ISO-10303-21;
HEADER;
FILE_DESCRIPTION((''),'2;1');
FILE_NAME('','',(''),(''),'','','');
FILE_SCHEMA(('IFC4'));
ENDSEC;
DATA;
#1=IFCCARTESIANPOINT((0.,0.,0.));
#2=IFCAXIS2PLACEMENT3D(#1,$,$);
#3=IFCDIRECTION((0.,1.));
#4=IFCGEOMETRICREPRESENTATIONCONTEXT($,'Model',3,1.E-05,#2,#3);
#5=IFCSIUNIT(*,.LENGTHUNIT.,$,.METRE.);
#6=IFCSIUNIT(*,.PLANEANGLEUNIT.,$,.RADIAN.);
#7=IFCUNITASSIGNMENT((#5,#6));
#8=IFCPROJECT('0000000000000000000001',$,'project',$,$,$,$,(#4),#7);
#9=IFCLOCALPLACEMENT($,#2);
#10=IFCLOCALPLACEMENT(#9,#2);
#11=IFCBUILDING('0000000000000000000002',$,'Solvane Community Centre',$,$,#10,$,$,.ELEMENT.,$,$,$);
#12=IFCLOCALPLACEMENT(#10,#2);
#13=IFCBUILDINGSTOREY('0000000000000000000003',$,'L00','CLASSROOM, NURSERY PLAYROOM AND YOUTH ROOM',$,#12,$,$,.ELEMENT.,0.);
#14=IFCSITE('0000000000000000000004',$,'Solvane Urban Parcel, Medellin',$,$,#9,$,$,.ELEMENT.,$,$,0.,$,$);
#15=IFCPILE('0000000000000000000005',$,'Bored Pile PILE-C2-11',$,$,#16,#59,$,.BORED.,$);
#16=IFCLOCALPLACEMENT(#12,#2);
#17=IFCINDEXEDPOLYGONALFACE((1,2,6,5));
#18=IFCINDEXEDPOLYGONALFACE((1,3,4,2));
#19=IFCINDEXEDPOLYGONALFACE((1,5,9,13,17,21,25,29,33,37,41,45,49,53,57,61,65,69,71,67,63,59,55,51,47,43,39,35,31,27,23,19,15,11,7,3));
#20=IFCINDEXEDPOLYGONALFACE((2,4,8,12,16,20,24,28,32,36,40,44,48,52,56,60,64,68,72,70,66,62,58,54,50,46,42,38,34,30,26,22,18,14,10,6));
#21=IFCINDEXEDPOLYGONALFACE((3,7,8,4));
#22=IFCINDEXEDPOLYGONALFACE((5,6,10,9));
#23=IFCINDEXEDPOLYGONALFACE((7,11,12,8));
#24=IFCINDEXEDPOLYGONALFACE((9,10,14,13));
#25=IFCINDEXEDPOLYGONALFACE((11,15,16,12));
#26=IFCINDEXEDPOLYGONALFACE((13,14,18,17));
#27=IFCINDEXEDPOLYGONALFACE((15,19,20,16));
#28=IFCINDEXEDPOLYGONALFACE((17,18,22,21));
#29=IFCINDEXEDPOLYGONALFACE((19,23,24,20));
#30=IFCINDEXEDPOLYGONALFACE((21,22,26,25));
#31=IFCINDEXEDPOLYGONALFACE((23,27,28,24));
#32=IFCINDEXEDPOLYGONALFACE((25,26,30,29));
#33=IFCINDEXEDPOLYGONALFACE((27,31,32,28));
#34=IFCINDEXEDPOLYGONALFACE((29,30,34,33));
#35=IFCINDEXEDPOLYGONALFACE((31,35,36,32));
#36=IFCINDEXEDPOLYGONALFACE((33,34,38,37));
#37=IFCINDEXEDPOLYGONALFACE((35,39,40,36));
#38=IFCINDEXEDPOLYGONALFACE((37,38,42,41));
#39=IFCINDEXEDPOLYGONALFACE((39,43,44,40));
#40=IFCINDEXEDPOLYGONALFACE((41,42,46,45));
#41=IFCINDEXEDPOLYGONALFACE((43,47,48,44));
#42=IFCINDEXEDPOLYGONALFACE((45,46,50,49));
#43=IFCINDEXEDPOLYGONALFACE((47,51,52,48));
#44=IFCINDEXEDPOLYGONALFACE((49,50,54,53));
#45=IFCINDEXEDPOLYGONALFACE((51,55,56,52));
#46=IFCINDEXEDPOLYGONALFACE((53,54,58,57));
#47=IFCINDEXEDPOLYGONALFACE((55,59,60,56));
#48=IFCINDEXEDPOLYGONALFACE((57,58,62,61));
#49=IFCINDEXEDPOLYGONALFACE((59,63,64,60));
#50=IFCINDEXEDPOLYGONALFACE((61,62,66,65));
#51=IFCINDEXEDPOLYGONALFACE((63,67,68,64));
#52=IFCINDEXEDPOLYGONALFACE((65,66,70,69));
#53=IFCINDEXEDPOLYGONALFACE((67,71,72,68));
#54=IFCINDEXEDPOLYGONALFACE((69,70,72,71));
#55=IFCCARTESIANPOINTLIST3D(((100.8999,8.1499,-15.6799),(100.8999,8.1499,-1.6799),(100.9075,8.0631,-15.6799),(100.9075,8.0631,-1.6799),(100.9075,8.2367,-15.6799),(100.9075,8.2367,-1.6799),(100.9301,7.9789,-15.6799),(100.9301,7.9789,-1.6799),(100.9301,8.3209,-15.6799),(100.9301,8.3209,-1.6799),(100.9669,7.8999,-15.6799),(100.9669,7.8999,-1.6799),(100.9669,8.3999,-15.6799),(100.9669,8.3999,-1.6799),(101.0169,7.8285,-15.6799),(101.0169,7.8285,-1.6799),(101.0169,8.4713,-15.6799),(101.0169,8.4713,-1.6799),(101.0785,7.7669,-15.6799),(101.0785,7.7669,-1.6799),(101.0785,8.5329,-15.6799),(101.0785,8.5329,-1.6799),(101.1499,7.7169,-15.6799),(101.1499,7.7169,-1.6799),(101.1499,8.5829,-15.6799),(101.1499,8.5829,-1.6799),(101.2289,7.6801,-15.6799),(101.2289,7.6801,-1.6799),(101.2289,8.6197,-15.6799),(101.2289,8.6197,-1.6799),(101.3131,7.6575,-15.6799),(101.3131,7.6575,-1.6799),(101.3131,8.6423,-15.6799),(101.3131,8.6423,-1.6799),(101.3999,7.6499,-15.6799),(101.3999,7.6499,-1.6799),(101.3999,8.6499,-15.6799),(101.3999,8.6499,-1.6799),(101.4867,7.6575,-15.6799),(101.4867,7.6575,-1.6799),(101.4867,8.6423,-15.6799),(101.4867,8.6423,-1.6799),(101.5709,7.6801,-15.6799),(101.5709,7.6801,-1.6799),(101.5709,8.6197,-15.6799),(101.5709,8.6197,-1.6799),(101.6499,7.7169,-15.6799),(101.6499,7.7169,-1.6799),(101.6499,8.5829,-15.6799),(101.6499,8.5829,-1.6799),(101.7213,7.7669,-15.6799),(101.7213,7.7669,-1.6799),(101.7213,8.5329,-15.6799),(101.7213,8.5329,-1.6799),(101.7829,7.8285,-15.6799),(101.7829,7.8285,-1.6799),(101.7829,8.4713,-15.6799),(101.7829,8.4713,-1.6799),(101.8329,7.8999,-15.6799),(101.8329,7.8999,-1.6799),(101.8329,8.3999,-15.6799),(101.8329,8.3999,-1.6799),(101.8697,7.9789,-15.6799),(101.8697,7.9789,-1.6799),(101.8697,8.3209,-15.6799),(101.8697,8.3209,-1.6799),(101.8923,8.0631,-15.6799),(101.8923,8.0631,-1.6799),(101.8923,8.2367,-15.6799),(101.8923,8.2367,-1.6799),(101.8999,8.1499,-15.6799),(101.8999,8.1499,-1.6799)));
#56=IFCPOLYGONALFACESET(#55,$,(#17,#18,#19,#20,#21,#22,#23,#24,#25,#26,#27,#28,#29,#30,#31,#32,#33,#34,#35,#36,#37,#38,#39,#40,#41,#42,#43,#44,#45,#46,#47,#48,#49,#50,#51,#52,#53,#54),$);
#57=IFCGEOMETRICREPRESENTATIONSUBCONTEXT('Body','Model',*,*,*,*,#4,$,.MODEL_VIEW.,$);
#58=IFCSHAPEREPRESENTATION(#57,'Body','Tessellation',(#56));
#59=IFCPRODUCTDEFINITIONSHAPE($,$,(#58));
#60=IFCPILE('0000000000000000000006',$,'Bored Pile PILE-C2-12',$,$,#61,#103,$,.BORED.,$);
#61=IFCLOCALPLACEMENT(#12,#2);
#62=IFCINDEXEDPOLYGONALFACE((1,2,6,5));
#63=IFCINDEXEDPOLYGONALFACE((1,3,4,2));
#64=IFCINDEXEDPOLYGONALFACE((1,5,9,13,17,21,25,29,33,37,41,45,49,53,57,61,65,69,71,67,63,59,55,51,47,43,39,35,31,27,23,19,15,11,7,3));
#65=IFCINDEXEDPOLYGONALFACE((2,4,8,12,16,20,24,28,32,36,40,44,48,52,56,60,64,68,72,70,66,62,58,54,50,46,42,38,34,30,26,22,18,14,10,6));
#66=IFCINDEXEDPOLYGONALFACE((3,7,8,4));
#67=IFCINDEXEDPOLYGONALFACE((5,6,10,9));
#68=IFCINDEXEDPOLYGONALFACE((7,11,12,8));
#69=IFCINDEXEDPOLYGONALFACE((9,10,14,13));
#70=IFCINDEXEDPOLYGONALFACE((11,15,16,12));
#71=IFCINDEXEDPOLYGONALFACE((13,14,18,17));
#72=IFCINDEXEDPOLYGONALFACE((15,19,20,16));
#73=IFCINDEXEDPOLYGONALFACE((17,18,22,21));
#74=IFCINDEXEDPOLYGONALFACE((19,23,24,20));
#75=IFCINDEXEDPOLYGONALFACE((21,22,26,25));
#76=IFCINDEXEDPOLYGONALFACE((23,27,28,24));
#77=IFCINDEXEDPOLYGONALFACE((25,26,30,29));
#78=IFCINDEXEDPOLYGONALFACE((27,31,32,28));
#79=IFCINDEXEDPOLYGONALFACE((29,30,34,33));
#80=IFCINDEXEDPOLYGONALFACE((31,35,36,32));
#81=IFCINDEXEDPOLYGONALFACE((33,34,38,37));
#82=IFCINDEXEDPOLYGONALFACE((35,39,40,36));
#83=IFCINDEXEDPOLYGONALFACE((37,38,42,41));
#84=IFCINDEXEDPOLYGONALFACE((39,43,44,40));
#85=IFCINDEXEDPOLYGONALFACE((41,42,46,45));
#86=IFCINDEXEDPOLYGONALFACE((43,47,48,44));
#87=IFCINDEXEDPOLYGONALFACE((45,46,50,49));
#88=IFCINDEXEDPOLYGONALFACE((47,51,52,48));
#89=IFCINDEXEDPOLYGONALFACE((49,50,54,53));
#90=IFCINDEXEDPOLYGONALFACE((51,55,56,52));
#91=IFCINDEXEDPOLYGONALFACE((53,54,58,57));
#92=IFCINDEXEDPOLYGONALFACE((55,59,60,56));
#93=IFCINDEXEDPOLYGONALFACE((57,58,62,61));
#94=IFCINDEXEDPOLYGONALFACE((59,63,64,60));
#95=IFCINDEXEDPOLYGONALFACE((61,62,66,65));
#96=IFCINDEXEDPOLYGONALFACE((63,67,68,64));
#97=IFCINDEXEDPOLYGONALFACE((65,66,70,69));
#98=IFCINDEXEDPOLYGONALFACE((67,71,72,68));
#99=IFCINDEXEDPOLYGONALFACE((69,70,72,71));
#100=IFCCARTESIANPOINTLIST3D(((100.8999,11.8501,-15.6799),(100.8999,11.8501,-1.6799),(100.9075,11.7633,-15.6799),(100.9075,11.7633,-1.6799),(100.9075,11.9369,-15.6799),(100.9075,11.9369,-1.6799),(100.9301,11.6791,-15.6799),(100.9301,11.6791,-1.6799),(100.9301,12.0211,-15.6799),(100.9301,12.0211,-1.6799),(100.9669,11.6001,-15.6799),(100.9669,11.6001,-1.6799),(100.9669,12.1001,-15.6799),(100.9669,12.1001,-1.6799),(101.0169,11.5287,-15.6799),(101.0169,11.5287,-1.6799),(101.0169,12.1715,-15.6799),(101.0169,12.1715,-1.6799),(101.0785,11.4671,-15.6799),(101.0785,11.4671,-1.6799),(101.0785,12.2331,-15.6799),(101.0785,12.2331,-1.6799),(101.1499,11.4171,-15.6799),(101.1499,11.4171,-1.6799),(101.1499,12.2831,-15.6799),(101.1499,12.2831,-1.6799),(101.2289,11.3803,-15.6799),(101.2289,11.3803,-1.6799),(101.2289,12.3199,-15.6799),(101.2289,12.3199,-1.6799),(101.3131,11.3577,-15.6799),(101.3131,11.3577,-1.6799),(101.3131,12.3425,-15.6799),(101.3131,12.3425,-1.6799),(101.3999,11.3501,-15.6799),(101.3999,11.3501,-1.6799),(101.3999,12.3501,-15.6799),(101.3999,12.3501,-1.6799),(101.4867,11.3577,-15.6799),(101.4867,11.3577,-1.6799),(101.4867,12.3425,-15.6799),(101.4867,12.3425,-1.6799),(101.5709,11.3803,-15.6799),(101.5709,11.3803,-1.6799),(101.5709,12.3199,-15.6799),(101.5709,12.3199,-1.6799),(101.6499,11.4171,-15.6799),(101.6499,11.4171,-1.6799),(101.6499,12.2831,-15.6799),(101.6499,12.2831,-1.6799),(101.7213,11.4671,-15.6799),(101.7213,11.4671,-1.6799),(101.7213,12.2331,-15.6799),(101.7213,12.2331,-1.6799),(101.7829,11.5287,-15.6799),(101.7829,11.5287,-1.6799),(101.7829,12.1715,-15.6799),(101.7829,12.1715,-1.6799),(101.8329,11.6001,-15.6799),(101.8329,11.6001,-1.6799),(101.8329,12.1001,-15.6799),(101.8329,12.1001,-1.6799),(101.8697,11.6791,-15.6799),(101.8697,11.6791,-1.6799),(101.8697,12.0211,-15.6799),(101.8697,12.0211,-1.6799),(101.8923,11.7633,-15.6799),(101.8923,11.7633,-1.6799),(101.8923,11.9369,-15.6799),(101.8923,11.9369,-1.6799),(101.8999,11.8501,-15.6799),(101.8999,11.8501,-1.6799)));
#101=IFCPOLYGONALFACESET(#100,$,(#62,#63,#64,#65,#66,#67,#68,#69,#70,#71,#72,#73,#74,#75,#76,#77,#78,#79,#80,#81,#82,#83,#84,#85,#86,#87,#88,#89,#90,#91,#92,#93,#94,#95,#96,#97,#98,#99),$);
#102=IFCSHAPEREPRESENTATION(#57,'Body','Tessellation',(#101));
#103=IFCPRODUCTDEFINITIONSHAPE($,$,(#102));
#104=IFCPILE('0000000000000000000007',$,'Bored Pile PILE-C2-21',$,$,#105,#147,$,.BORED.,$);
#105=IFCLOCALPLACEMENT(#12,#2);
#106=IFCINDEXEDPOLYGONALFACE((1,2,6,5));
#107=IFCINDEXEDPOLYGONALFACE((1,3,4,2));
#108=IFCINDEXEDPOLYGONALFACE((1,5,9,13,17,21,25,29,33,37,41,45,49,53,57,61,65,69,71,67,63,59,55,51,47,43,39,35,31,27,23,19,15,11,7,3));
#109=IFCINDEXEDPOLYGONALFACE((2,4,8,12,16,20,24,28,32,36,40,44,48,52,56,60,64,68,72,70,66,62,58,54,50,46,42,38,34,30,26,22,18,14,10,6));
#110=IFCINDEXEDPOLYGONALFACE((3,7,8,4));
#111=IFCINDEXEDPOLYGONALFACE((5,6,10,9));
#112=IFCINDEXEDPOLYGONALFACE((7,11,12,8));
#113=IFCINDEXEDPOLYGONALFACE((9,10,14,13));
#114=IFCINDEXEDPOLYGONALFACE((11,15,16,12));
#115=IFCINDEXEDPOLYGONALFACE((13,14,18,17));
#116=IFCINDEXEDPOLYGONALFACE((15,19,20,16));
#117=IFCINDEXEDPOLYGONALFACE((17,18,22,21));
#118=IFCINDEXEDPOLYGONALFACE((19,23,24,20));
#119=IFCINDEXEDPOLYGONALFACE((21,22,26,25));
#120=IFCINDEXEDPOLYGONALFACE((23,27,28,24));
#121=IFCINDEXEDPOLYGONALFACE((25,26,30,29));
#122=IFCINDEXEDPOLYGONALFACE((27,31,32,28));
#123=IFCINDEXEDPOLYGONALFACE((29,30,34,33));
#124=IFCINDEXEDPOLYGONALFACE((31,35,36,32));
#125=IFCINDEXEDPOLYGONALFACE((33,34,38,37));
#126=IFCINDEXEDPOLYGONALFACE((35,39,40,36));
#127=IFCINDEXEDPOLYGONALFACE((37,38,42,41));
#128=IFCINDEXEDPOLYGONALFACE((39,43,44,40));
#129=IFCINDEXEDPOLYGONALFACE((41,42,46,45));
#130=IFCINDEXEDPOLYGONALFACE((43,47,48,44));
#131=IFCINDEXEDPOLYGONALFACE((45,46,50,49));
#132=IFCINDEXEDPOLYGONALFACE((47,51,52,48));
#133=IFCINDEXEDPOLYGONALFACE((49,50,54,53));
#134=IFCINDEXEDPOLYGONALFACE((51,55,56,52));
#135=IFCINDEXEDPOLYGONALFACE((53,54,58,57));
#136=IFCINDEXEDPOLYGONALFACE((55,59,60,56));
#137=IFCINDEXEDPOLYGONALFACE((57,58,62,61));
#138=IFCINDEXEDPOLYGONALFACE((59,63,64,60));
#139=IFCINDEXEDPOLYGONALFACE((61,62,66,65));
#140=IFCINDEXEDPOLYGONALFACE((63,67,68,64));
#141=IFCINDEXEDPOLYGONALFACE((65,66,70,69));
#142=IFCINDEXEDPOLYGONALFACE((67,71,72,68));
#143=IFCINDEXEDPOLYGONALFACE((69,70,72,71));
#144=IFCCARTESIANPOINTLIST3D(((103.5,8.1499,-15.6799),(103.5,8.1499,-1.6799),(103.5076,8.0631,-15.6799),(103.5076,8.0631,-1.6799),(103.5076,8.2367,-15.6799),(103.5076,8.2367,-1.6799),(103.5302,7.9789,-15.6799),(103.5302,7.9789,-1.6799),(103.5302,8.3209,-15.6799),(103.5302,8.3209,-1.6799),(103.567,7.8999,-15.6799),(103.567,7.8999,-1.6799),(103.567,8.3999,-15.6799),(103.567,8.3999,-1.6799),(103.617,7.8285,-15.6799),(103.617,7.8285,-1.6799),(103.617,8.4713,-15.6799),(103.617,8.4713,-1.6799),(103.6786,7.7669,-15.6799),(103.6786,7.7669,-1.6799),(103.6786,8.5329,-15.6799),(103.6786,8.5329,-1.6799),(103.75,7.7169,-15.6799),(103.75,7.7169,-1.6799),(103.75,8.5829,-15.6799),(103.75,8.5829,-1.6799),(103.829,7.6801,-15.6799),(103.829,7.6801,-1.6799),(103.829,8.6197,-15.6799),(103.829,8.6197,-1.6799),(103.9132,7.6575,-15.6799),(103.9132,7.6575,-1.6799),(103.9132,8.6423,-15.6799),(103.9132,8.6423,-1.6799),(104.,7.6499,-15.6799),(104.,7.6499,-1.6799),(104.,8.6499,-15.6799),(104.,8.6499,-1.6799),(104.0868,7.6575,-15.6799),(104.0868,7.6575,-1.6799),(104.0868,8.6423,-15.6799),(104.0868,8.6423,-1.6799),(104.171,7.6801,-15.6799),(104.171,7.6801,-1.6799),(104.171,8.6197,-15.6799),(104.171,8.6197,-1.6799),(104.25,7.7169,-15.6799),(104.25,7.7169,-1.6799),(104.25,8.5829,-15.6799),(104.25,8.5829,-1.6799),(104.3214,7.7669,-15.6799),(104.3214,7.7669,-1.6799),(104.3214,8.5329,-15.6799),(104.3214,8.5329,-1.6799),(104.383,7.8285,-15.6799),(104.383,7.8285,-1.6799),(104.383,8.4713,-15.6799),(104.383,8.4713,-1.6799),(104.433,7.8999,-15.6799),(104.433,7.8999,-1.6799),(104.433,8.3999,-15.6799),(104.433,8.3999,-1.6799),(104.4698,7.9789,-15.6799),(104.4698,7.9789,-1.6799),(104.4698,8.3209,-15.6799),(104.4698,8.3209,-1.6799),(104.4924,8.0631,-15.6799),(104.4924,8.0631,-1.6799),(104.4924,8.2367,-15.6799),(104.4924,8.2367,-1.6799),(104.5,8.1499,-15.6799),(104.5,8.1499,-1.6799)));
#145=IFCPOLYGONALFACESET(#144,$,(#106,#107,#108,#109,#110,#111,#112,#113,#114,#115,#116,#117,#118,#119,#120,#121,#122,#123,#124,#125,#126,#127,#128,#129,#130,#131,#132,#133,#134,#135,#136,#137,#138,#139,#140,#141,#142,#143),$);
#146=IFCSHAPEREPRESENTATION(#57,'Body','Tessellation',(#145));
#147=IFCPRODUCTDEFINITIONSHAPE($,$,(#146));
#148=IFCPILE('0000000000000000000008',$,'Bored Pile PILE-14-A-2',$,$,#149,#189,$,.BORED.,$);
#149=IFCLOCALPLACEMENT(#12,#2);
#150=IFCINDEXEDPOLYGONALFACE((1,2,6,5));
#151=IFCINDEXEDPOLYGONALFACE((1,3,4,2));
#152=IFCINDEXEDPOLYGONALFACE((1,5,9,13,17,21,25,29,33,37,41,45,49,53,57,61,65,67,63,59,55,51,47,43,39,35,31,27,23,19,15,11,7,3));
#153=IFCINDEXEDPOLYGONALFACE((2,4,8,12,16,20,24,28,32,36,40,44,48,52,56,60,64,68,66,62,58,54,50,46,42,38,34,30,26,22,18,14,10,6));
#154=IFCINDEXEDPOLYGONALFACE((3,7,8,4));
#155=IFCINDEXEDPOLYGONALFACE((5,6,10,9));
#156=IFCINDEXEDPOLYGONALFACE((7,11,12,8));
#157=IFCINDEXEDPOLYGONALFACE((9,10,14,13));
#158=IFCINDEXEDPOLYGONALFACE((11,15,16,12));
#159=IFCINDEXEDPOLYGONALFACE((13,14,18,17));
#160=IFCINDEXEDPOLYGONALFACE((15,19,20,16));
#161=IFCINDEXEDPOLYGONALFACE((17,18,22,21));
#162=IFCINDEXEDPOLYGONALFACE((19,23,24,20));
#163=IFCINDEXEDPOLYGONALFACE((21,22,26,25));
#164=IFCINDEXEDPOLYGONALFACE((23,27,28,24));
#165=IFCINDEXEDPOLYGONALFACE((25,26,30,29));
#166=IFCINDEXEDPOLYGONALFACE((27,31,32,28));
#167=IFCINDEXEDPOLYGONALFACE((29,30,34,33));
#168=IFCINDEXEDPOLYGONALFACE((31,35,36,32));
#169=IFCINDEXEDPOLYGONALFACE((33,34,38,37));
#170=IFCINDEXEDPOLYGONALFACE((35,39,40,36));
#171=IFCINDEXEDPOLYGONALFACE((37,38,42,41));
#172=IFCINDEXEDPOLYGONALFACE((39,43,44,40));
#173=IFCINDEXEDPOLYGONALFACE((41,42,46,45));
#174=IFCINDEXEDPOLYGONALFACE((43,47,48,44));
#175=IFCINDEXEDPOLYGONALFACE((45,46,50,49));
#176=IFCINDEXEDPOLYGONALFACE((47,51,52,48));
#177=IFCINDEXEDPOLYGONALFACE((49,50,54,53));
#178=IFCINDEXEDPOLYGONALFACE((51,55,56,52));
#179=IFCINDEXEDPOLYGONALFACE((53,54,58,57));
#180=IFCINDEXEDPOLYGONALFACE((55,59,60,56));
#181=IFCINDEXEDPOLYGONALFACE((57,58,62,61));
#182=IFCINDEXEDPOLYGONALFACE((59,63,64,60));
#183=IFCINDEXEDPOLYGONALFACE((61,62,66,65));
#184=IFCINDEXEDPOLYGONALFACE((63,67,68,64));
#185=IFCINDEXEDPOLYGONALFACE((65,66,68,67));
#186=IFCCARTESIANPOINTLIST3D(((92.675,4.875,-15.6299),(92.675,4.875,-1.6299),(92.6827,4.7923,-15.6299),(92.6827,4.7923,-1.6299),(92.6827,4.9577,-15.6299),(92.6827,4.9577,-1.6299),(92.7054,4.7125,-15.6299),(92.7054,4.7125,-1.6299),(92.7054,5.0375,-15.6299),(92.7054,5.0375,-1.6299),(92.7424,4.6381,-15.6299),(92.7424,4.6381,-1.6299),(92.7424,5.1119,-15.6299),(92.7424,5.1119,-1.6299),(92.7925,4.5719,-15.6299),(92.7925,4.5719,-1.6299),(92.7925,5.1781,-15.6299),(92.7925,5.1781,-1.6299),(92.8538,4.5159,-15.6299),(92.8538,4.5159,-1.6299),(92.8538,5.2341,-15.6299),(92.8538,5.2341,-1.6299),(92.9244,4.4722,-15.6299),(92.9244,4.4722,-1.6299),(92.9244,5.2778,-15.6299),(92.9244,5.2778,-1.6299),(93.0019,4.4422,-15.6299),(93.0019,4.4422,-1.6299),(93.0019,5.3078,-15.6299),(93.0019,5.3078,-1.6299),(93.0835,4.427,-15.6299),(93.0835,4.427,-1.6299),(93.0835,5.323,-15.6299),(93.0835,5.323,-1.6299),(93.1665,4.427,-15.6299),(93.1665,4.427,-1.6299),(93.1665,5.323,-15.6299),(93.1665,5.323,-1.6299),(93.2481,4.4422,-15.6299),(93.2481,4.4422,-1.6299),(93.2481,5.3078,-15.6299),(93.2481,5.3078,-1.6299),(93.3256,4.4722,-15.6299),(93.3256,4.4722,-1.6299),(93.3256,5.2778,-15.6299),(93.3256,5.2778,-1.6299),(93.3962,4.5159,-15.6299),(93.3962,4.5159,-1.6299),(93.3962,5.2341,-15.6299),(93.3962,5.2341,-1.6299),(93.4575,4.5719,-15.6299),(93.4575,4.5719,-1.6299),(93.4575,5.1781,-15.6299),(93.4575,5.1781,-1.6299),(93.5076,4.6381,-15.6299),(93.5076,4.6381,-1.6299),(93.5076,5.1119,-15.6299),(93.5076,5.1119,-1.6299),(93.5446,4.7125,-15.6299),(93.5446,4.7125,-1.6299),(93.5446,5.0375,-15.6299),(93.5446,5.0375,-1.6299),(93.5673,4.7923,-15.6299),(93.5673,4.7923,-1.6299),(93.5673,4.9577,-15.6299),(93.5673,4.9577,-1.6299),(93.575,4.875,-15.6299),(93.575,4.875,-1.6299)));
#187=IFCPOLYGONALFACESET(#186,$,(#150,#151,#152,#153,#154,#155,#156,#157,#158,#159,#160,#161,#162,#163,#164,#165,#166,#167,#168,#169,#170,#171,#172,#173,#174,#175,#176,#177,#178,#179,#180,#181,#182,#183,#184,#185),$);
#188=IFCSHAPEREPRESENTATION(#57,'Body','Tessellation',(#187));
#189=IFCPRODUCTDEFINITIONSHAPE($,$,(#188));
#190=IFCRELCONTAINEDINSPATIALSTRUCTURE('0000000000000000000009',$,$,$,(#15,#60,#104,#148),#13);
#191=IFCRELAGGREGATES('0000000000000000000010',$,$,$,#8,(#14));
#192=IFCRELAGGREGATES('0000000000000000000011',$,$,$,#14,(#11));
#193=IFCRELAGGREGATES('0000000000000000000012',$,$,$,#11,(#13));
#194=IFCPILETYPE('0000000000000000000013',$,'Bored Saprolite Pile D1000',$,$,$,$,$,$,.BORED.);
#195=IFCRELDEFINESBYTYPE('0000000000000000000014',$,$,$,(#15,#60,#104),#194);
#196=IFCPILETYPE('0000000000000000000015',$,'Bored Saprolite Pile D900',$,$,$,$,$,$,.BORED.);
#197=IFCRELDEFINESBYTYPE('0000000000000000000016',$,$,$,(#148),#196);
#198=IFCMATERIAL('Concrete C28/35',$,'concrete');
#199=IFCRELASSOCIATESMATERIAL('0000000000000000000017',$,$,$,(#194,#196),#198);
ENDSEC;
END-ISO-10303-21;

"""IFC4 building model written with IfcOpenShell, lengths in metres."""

from ifc_helpers import new_model, si_unit, direction, frame, origin, origin_2d, place, context, subcontext, project, spatial, circle, extrude, material, material_profile, profile_set, type_object, element, save


model = new_model("IFC4")

# Units and contexts
model_context = context("Model", 3, precision=1e-05, world=origin(), true_north=direction((0.0, 1.0)))
body_context = subcontext(model_context, "Body", "Model", "MODEL_VIEW")
ifc_project = project(units=[si_unit("LENGTHUNIT", "METRE"), si_unit("PLANEANGLEUNIT", "RADIAN")], contexts=[model_context])

# Site, building, storey
site_placement = place(None, origin())
site = spatial("IfcSite", under=ifc_project, at=site_placement, Name="Solvane Urban Parcel, Medellin", CompositionType="ELEMENT", RefElevation=0.0)
building_placement = place(site_placement, origin())
building = spatial("IfcBuilding", under=site, at=building_placement, Name="Solvane Community Centre", CompositionType="ELEMENT")
storey_placement = place(building_placement, origin())
storey = spatial("IfcBuildingStorey", under=building, at=storey_placement, Name="L00", Description="CLASSROOM, NURSERY PLAYROOM AND YOUTH ROOM", CompositionType="ELEMENT", Elevation=0.0)

# Piles
ifc_material_1 = material(Name="Concrete C28/35", Category="concrete")
ifc_material_profile_1 = material_profile(ifc_material_1, circle(Radius=0.5, at=origin_2d()), Name="PILE D1000")
ifc_profile_set_1 = profile_set([ifc_material_profile_1], Name="Concrete C28/35")
pile_type_1 = type_object("IfcPileType", Name="Bored Saprolite Pile D1000", PredefinedType="BORED", material=ifc_profile_set_1)
for number, where, z_axis, x_axis, name in (
    (1, (101.3999, 8.1499, -1.6799), (0.0, 0.0, -1.0), (1.0, 0.0, 0.0), "Bored Pile PILE-C2-11"),
    (2, (101.3999, 11.8501, -1.6799), (0.0, 0.0, -1.0), (1.0, 0.0, 0.0), "Bored Pile PILE-C2-12"),
    (3, (104.0, 8.1499, -1.6799), (0.0, 0.0, -1.0), (1.0, 0.0, 0.0), "Bored Pile PILE-C2-21"),
):
    element("IfcPile", number, at=place(storey_placement, frame(where, z_axis=z_axis, x_axis=x_axis)), inside=storey, type_object=pile_type_1, Name=name, PredefinedType="BORED", context=body_context, shape_type="SweptSolid", body=[
        extrude(circle(Radius=0.5, at=origin_2d()), origin(), (0.0, 0.0, 1.0), 14.0),
    ])
ifc_material_profile_2 = material_profile(ifc_material_1, circle(Radius=0.45, at=origin_2d()), Name="PILE D900")
ifc_profile_set_2 = profile_set([ifc_material_profile_2], Name="Concrete C28/35")
pile_type_2 = type_object("IfcPileType", Name="Bored Saprolite Pile D900", PredefinedType="BORED", material=ifc_profile_set_2)
for number, where, z_axis, x_axis, name in (
    (4, (93.125, 4.875, -1.6299), (0.0, 0.0, -1.0), (1.0, 0.0, 0.0), "Bored Pile PILE-14-A-2"),
):
    element("IfcPile", number, at=place(storey_placement, frame(where, z_axis=z_axis, x_axis=x_axis)), inside=storey, type_object=pile_type_2, Name=name, PredefinedType="BORED", context=body_context, shape_type="SweptSolid", body=[
        extrude(circle(Radius=0.45, at=origin_2d()), origin(), (0.0, 0.0, 1.0), 14.0),
    ])

save(model, "model.ifc")
